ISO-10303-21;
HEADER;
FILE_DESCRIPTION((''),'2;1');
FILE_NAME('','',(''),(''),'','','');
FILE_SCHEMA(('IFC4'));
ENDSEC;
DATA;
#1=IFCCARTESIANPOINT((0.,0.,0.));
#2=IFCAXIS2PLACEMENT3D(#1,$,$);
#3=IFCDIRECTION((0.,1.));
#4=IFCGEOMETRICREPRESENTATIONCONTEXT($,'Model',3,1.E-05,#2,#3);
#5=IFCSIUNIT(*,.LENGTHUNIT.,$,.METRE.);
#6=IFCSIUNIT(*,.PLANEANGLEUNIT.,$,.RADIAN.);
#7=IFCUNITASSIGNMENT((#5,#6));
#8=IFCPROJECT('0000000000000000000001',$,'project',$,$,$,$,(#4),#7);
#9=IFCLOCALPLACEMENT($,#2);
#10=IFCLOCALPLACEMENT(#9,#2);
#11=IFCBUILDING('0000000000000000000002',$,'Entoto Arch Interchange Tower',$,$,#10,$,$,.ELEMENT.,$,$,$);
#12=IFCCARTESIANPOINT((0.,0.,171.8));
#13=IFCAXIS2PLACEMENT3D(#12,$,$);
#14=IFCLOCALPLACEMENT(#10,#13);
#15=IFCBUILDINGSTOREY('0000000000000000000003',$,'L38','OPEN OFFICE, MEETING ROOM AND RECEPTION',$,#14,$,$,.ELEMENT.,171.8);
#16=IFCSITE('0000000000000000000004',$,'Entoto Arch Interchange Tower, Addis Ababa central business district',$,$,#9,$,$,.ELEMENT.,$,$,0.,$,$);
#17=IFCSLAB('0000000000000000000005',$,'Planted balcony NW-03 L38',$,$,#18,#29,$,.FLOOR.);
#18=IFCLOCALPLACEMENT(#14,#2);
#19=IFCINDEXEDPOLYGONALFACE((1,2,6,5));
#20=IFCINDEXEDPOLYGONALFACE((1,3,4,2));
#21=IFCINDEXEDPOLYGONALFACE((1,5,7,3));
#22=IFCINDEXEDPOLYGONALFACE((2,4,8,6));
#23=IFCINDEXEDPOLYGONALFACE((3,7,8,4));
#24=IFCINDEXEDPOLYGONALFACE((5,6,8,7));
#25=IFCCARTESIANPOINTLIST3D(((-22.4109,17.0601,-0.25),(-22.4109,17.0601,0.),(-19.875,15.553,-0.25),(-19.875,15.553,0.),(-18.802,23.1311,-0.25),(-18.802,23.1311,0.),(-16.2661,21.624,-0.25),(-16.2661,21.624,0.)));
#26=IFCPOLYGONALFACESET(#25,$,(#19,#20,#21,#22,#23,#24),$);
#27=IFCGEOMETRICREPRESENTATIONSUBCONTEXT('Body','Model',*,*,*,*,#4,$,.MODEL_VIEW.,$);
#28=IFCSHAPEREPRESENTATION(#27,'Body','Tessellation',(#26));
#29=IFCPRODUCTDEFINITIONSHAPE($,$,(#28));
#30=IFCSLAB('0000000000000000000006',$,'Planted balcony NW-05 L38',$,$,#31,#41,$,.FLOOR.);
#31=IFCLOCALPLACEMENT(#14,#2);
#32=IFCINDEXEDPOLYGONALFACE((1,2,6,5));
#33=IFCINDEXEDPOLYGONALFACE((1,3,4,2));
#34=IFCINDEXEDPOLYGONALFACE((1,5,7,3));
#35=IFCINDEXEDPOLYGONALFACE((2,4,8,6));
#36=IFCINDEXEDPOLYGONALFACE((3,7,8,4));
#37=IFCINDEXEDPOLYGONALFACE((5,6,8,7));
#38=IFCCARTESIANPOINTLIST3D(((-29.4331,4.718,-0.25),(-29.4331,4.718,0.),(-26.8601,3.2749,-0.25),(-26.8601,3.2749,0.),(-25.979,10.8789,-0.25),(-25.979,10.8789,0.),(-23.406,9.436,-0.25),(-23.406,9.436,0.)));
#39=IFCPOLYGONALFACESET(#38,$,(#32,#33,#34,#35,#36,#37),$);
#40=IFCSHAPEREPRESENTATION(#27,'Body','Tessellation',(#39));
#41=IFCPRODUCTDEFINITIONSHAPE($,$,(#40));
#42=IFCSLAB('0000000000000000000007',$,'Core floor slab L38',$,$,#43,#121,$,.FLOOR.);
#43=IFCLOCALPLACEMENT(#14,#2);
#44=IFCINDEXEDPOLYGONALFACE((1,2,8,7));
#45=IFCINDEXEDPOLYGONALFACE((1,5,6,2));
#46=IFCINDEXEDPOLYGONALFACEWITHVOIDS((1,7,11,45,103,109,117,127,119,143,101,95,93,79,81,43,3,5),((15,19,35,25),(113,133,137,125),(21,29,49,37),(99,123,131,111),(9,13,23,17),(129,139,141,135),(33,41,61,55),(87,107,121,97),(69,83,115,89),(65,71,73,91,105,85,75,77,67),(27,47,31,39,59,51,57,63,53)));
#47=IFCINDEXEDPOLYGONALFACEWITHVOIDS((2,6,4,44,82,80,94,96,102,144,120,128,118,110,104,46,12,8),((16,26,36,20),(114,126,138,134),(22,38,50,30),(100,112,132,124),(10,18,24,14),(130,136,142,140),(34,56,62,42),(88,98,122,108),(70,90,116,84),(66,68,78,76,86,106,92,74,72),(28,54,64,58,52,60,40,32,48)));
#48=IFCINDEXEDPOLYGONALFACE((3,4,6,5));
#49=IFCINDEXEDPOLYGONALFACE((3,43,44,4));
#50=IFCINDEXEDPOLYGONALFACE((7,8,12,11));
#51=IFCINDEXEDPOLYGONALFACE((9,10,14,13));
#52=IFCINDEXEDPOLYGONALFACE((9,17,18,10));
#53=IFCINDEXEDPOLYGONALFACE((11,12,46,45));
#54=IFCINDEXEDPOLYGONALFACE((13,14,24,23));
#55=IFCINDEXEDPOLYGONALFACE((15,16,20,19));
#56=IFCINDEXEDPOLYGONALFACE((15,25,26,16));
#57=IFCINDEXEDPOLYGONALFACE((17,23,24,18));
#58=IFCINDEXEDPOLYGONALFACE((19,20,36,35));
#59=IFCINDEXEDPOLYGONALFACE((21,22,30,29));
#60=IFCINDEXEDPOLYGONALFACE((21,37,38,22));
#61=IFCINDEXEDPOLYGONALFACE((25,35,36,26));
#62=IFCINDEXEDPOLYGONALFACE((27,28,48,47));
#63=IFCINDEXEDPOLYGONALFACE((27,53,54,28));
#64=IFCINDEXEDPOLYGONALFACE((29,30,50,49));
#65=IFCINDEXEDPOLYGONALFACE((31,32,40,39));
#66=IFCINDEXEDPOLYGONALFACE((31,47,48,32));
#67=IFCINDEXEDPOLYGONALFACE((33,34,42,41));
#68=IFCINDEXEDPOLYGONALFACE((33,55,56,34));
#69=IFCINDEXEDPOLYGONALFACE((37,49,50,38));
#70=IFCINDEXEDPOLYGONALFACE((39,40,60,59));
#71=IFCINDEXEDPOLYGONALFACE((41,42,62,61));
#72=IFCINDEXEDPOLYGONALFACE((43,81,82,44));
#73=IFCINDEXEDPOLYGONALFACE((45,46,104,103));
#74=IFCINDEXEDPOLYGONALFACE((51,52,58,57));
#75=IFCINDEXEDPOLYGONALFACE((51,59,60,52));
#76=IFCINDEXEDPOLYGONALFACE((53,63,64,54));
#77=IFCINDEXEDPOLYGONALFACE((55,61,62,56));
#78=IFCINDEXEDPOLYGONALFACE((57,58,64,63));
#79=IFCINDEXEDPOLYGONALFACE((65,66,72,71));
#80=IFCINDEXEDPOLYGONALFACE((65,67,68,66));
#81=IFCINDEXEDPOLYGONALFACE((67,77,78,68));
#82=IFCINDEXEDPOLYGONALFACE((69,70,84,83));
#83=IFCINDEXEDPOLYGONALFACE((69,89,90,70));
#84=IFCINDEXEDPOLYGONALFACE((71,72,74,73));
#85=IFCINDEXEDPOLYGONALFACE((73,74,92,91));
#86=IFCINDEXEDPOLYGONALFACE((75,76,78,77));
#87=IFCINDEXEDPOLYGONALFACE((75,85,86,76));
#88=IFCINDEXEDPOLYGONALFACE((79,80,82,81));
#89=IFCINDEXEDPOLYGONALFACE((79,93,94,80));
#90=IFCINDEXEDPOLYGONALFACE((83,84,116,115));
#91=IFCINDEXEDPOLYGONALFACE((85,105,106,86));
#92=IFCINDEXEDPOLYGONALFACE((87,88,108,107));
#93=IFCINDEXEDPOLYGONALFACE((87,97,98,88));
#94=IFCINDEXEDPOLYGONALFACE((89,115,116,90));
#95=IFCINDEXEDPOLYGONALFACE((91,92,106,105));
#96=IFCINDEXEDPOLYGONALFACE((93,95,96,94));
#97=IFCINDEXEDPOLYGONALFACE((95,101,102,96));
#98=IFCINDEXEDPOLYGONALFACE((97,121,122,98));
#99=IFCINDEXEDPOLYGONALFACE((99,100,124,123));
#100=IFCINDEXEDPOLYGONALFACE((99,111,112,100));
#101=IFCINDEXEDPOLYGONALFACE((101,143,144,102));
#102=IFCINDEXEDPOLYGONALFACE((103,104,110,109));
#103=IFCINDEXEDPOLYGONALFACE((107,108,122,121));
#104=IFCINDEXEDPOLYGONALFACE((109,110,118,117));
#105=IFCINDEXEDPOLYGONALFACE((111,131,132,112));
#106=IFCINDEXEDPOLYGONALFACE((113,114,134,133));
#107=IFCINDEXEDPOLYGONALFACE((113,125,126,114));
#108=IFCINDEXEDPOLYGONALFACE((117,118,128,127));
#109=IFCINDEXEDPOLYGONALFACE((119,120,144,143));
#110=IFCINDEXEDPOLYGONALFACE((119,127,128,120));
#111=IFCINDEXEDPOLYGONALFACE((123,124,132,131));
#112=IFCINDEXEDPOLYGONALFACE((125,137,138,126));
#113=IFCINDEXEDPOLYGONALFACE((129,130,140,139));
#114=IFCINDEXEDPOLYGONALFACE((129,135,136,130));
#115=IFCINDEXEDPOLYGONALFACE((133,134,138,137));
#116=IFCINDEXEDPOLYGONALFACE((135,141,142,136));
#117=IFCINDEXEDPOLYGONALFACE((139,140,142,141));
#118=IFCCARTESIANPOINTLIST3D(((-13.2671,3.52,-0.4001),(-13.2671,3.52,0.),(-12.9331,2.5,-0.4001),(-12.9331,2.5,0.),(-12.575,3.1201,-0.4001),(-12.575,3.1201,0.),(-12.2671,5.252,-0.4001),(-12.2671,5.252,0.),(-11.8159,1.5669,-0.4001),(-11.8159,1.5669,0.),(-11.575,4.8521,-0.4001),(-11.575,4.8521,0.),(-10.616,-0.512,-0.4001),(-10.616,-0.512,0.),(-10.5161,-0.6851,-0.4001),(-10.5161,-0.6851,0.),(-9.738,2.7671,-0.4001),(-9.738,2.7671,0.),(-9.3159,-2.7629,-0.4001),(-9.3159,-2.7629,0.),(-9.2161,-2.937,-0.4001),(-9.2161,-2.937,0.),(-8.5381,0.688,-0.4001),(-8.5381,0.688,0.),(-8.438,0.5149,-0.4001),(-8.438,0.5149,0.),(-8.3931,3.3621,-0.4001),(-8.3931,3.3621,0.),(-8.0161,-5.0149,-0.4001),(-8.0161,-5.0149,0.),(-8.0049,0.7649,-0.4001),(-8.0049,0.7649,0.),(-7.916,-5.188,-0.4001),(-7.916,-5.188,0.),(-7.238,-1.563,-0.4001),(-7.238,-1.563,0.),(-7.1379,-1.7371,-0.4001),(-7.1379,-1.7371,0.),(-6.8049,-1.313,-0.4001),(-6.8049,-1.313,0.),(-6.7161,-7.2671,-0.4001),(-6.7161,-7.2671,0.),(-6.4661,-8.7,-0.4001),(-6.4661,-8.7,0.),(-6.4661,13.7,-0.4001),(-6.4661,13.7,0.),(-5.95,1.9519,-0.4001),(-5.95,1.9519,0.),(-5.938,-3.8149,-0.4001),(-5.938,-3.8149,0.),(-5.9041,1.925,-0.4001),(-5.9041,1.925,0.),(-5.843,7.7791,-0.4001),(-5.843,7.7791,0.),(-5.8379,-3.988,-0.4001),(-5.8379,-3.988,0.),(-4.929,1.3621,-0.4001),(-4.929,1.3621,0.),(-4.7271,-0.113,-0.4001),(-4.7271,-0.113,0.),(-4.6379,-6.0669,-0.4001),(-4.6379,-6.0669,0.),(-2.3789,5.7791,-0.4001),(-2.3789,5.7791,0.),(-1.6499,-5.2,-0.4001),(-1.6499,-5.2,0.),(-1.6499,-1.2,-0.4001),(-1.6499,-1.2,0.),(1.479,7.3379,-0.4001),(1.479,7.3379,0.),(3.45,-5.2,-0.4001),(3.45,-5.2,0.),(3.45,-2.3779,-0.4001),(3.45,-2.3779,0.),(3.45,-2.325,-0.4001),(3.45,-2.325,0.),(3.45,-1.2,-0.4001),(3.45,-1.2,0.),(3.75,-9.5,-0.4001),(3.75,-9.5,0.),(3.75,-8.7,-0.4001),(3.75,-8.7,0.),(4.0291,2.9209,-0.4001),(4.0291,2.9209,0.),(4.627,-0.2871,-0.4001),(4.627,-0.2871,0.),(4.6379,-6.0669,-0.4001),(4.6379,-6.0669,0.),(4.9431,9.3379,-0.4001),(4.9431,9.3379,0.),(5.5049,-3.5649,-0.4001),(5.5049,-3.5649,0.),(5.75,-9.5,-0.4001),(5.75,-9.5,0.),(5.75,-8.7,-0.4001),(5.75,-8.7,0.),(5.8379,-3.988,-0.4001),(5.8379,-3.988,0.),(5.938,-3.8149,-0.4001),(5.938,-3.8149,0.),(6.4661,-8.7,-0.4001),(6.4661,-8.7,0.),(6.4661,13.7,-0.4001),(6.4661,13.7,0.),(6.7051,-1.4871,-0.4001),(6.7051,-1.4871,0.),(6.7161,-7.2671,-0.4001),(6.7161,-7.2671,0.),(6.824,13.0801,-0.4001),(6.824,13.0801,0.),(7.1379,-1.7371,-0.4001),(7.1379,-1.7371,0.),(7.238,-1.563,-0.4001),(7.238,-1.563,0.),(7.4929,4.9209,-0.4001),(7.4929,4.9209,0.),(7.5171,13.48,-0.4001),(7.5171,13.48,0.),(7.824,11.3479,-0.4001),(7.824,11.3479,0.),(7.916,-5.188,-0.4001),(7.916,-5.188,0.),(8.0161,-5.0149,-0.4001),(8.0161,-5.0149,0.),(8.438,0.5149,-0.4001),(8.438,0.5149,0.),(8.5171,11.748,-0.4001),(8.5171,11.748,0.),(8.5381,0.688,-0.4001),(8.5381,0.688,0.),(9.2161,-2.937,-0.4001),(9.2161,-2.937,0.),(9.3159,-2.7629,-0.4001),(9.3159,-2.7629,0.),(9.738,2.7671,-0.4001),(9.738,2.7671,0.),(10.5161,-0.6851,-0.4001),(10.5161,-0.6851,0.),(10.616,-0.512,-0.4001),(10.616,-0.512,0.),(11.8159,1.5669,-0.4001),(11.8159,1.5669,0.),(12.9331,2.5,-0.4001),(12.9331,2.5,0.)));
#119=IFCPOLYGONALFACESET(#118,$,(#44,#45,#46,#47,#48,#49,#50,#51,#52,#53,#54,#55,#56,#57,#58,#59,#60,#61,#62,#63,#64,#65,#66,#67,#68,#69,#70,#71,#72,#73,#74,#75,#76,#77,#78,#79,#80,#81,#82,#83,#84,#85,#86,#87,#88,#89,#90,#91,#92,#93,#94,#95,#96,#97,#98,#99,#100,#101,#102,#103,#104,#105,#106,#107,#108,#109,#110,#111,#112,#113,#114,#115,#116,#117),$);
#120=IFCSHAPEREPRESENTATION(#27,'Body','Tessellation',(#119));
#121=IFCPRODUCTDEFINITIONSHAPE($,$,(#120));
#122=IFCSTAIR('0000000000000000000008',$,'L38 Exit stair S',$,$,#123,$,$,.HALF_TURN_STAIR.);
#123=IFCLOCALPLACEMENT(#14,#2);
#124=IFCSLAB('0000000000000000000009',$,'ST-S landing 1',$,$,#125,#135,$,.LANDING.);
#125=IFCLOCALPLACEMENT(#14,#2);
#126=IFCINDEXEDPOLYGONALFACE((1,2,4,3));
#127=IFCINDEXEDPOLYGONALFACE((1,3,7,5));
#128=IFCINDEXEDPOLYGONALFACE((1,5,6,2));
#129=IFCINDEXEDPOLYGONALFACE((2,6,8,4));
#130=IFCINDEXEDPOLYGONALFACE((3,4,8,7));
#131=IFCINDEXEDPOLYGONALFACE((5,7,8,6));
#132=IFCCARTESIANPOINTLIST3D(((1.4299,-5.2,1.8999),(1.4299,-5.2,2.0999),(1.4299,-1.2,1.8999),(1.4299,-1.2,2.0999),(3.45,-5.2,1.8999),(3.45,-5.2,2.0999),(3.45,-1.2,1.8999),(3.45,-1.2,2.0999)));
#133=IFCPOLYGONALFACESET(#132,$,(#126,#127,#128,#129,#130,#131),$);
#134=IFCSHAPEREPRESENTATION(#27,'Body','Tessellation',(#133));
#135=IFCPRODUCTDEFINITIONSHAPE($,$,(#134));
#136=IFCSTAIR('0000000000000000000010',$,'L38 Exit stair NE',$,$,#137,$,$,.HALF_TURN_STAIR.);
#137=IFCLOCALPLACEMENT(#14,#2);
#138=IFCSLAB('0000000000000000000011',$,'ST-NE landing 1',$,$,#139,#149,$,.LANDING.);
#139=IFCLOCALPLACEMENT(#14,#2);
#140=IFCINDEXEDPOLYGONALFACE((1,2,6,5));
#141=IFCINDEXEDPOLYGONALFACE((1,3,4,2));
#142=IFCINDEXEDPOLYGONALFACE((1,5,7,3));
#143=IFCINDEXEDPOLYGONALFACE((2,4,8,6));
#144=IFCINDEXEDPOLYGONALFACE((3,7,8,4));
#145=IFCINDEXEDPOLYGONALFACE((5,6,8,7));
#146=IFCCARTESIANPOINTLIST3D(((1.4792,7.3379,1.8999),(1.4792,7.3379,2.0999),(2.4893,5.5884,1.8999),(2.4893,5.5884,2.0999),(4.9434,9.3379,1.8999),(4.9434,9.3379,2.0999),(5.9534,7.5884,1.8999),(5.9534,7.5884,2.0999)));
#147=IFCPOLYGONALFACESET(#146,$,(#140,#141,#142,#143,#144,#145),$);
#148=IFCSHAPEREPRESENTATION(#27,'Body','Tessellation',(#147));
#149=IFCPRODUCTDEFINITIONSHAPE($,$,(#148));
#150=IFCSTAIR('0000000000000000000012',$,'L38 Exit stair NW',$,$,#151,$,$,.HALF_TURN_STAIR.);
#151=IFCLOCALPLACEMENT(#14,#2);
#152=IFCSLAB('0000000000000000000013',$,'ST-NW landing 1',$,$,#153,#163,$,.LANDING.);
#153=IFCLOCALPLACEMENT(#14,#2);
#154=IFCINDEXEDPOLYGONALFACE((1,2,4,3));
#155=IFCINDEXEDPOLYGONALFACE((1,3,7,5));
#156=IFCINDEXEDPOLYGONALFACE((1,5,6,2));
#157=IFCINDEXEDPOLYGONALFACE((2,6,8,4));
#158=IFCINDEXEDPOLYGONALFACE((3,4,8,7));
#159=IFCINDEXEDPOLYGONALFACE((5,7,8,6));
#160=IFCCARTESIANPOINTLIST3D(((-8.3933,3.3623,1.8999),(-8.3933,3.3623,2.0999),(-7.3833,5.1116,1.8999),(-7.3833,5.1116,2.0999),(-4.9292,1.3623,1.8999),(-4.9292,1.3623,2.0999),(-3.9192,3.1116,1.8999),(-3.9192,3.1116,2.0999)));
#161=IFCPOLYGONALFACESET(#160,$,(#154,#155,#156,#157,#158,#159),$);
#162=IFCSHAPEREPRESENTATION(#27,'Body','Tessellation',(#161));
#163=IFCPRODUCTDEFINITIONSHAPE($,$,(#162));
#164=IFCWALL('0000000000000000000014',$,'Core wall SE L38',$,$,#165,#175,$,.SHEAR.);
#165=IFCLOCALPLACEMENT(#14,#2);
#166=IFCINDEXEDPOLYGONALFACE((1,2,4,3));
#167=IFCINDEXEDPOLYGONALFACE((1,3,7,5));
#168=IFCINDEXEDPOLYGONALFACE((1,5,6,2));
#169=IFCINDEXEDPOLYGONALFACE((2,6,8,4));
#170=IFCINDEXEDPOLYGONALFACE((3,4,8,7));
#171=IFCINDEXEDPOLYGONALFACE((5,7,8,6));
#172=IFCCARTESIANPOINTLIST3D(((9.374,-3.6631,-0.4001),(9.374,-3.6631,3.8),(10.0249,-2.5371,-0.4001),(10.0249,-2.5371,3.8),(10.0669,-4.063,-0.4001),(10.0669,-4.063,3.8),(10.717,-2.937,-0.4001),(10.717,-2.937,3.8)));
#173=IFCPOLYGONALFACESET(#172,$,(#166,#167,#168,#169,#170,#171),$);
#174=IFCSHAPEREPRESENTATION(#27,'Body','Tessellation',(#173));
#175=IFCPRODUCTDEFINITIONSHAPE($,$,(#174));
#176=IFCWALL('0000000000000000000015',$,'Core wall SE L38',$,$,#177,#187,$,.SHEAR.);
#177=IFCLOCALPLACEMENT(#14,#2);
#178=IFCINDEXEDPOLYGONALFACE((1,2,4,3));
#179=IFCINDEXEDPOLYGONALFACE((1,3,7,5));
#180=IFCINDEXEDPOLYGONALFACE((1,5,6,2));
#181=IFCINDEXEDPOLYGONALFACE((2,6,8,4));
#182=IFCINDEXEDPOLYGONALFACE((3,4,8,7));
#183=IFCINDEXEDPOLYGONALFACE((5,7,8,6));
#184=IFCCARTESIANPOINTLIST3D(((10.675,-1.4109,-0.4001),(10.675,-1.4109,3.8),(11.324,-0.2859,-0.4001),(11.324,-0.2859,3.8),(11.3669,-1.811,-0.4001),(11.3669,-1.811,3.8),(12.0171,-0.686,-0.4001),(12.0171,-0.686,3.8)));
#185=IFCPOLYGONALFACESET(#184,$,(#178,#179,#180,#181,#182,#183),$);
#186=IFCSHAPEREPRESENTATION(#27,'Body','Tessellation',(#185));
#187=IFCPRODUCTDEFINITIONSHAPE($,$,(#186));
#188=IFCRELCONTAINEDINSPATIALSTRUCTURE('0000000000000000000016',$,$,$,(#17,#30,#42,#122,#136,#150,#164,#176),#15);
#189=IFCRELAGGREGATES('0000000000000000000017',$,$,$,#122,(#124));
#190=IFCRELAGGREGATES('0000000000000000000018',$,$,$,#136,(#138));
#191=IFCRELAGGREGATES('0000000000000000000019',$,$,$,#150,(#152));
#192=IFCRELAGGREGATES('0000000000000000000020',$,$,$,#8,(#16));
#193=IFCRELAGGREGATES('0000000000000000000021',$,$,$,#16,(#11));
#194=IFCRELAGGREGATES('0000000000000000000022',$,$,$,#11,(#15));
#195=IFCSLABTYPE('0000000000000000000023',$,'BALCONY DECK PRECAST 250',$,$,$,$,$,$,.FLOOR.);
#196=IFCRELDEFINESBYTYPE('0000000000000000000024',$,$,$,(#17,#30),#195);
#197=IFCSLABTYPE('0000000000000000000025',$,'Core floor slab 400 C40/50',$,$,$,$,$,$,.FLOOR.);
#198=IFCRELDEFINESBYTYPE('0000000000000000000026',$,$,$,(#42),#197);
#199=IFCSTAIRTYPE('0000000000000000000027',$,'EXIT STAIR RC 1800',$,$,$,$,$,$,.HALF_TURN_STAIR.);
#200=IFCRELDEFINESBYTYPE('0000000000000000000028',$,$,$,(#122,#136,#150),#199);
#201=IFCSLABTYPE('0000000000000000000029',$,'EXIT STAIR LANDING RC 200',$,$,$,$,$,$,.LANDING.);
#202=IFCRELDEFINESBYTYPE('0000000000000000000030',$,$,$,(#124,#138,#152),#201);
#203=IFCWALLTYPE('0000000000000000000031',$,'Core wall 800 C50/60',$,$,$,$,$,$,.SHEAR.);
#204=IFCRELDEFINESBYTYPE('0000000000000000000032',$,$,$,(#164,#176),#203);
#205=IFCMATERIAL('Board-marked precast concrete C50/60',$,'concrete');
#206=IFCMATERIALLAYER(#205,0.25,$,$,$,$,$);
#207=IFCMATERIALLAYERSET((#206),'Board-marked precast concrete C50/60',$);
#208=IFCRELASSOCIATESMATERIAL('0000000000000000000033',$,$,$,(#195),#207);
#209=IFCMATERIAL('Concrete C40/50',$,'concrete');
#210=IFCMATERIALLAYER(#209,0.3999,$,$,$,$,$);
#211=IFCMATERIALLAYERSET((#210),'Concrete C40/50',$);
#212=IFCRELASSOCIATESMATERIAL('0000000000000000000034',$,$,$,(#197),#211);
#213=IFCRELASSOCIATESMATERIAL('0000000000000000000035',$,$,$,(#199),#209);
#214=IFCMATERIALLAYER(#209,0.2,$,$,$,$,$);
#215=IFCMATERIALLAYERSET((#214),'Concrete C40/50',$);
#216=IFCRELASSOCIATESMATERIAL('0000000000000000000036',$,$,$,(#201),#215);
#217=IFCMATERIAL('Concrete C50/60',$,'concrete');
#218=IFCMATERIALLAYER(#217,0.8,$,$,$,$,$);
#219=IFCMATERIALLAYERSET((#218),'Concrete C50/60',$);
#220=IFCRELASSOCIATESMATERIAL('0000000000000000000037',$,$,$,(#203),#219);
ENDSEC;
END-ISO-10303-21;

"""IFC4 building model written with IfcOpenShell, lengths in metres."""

from ifc_helpers import new_model, si_unit, direction, frame, origin, place, context, subcontext, project, spatial, polyline, outline, extrude, material, layer, layer_set, type_object, element, aggregate, save


model = new_model("IFC4")

# Units and contexts
model_context = context("Model", 3, precision=1e-05, world=origin(), true_north=direction((0.0, 1.0)))
body_context = subcontext(model_context, "Body", "Model", "MODEL_VIEW")
ifc_project = project(units=[si_unit("LENGTHUNIT", "METRE"), si_unit("PLANEANGLEUNIT", "RADIAN")], contexts=[model_context])

# Site, building, storey
site_placement = place(None, origin())
site = spatial("IfcSite", under=ifc_project, at=site_placement, Name="Entoto Arch Interchange Tower, Addis Ababa central business district", CompositionType="ELEMENT", RefElevation=0.0)
building_placement = place(site_placement, origin())
building = spatial("IfcBuilding", under=site, at=building_placement, Name="Entoto Arch Interchange Tower", CompositionType="ELEMENT")
storey_placement = place(building_placement, frame((0.0, 0.0, 171.8)))
storey = spatial("IfcBuildingStorey", under=building, at=storey_placement, Name="L38", Description="OPEN OFFICE, MEETING ROOM AND RECEPTION", CompositionType="ELEMENT", Elevation=171.8)

# Slabs
ifc_material_1 = material(Name="Board-marked precast concrete C50/60", Category="concrete")
ifc_layer_1 = layer(ifc_material_1, 0.25)
ifc_layer_set_1 = layer_set([ifc_layer_1], Name="Board-marked precast concrete C50/60")
slab_type_1 = type_object("IfcSlabType", Name="BALCONY DECK PRECAST 250", PredefinedType="FLOOR", material=ifc_layer_set_1)
slab_1_placement = place(storey_placement, frame((0.0, 0.0, -0.25)))
element("IfcSlab", 1, at=slab_1_placement, inside=storey, type_object=slab_type_1, Name="Planted balcony NW-03 L38", PredefinedType="FLOOR", context=body_context, shape_type="SweptSolid", body=[
    extrude(outline(polyline([(-16.2661, 21.624), (-19.875, 15.553), (-22.4109, 17.0601), (-18.802, 23.1311), (-16.2661, 21.624)])), origin(), (0.0, 0.0, 1.0), 0.25),
])
slab_2_placement = place(storey_placement, frame((0.0, 0.0, -0.25)))
element("IfcSlab", 2, at=slab_2_placement, inside=storey, type_object=slab_type_1, Name="Planted balcony NW-05 L38", PredefinedType="FLOOR", context=body_context, shape_type="SweptSolid", body=[
    extrude(outline(polyline([(-23.406, 9.436), (-26.8601, 3.2749), (-29.4331, 4.718), (-25.979, 10.8789), (-23.406, 9.436)])), origin(), (0.0, 0.0, 1.0), 0.25),
])
ifc_material_2 = material(Name="Concrete C40/50", Category="concrete")
ifc_layer_2 = layer(ifc_material_2, 0.3999)
ifc_layer_set_2 = layer_set([ifc_layer_2], Name="Concrete C40/50")
slab_type_2 = type_object("IfcSlabType", Name="Core floor slab 400 C40/50", PredefinedType="FLOOR", material=ifc_layer_set_2)
slab_3_placement = place(storey_placement, frame((0.0, 0.0, -0.4001)))
element("IfcSlab", 3, at=slab_3_placement, inside=storey, type_object=slab_type_2, Name="Core floor slab L38", PredefinedType="FLOOR", context=body_context, shape_type="SweptSolid", body=[
    extrude(outline(polyline([(5.75, -9.5), (3.75, -9.5), (3.75, -8.7), (-6.4661, -8.7), (-12.9331, 2.5), (-12.575, 3.1201), (-13.2671, 3.52), (-12.2671, 5.252), (-11.575, 4.8521), (-6.4661, 13.7), (6.4661, 13.7), (6.824, 13.0801), (7.5171, 13.48), (8.5171, 11.748), (7.824, 11.3479), (12.9331, 2.5), (6.4661, -8.7), (5.75, -8.7), (5.75, -9.5)]), holes=[polyline([(-5.8379, -3.988), (-7.916, -5.188), (-6.7161, -7.2671), (-4.6379, -6.0669), (-5.8379, -3.988)]), polyline([(-5.938, -3.8149), (-7.1379, -1.7371), (-9.2161, -2.937), (-8.0161, -5.0149), (-5.938, -3.8149)]), polyline([(5.5049, -3.5649), (6.7051, -1.4871), (4.627, -0.2871), (3.45, -2.325), (3.45, -1.2), (-1.6499, -1.2), (-1.6499, -5.2), (3.45, -5.2), (3.45, -2.3779), (5.5049, -3.5649)]), polyline([(-8.438, 0.5149), (-10.5161, -0.6851), (-9.3159, -2.7629), (-7.238, -1.563), (-8.438, 0.5149)]), polyline([(-4.7271, -0.113), (-5.9041, 1.925), (-4.929, 1.3621), (-2.3789, 5.7791), (-5.843, 7.7791), (-8.3931, 3.3621), (-5.95, 1.9519), (-8.0049, 0.7649), (-6.8049, -1.313), (-4.7271, -0.113)]), polyline([(-8.5381, 0.688), (-9.738, 2.7671), (-11.8159, 1.5669), (-10.616, -0.512), (-8.5381, 0.688)]), polyline([(5.8379, -3.988), (4.6379, -6.0669), (6.7161, -7.2671), (7.916, -5.188), (5.8379, -3.988)]), polyline([(7.1379, -1.7371), (5.938, -3.8149), (8.0161, -5.0149), (9.2161, -2.937), (7.1379, -1.7371)]), polyline([(8.438, 0.5149), (7.238, -1.563), (9.3159, -2.7629), (10.5161, -0.6851), (8.438, 0.5149)]), polyline([(9.738, 2.7671), (8.5381, 0.688), (10.616, -0.512), (11.8159, 1.5669), (9.738, 2.7671)]), polyline([(4.0291, 2.9209), (7.4929, 4.9209), (4.9431, 9.3379), (1.479, 7.3379), (4.0291, 2.9209)])]), origin(), (0.0, 0.0, 1.0), 0.4001),
])

# Stairs, slabs
stair_type = type_object("IfcStairType", Name="EXIT STAIR RC 1800", PredefinedType="HALF_TURN_STAIR", material=ifc_material_2)
stair_1_placement = place(storey_placement, origin())
stair_1 = element("IfcStair", 4, at=stair_1_placement, inside=storey, type_object=stair_type, Name="L38 Exit stair S", PredefinedType="HALF_TURN_STAIR")
ifc_layer_3 = layer(ifc_material_2, 0.2)
ifc_layer_set_3 = layer_set([ifc_layer_3], Name="Concrete C40/50")
slab_type_3 = type_object("IfcSlabType", Name="EXIT STAIR LANDING RC 200", PredefinedType="LANDING", material=ifc_layer_set_3)
slab_4_placement = place(storey_placement, frame((0.0, 0.0, 1.8999)))
slab_4 = element("IfcSlab", 5, at=slab_4_placement, type_object=slab_type_3, Name="ST-S landing 1", PredefinedType="LANDING", context=body_context, shape_type="SweptSolid", body=[
    extrude(outline(polyline([(1.4299, -5.2), (3.45, -5.2), (3.45, -1.2), (1.4299, -1.2), (1.4299, -5.2)])), origin(), (0.0, 0.0, 1.0), 0.2),
])
aggregate(stair_1, [slab_4])
stair_2_placement = place(storey_placement, origin())
stair_2 = element("IfcStair", 6, at=stair_2_placement, inside=storey, type_object=stair_type, Name="L38 Exit stair NE", PredefinedType="HALF_TURN_STAIR")
slab_5_placement = place(storey_placement, frame((0.0, 0.0, 1.8999)))
slab_5 = element("IfcSlab", 7, at=slab_5_placement, type_object=slab_type_3, Name="ST-NE landing 1", PredefinedType="LANDING", context=body_context, shape_type="SweptSolid", body=[
    extrude(outline(polyline([(5.9534, 7.5884), (4.9434, 9.3379), (1.4792, 7.3379), (2.4893, 5.5884), (5.9534, 7.5884)])), origin(), (0.0, 0.0, 1.0), 0.2),
])
aggregate(stair_2, [slab_5])
stair_3_placement = place(storey_placement, origin())
stair_3 = element("IfcStair", 8, at=stair_3_placement, inside=storey, type_object=stair_type, Name="L38 Exit stair NW", PredefinedType="HALF_TURN_STAIR")
slab_6_placement = place(storey_placement, frame((0.0, 0.0, 1.8999)))
slab_6 = element("IfcSlab", 9, at=slab_6_placement, type_object=slab_type_3, Name="ST-NW landing 1", PredefinedType="LANDING", context=body_context, shape_type="SweptSolid", body=[
    extrude(outline(polyline([(-7.3833, 5.1116), (-8.3933, 3.3623), (-4.9292, 1.3623), (-3.9192, 3.1116), (-7.3833, 5.1116)])), origin(), (0.0, 0.0, 1.0), 0.2),
])
aggregate(stair_3, [slab_6])

# Walls
ifc_material_3 = material(Name="Concrete C50/60", Category="concrete")
ifc_layer_4 = layer(ifc_material_3, 0.8)
ifc_layer_set_4 = layer_set([ifc_layer_4], Name="Concrete C50/60")
wall_type_1 = type_object("IfcWallType", Name="Core wall 800 C50/60", PredefinedType="SHEAR", material=ifc_layer_set_4)
wall_1_placement = place(storey_placement, frame((0.0, 0.0, -0.4001)))
element("IfcWall", 10, at=wall_1_placement, inside=storey, type_object=wall_type_1, Name="Core wall SE L38", PredefinedType="SHEAR", context=body_context, shape_type="SweptSolid", body=[
    extrude(outline(polyline([(10.717, -2.937), (10.0249, -2.5371), (9.374, -3.6631), (10.0669, -4.063), (10.717, -2.937)])), origin(), (0.0, 0.0, 1.0), 4.2002),
])
wall_2_placement = place(storey_placement, frame((0.0, 0.0, -0.4001)))
element("IfcWall", 11, at=wall_2_placement, inside=storey, type_object=wall_type_1, Name="Core wall SE L38", PredefinedType="SHEAR", context=body_context, shape_type="SweptSolid", body=[
    extrude(outline(polyline([(12.0171, -0.686), (11.324, -0.2859), (10.675, -1.4109), (11.3669, -1.811), (12.0171, -0.686)])), origin(), (0.0, 0.0, 1.0), 4.2002),
])

save(model, "model.ifc")
